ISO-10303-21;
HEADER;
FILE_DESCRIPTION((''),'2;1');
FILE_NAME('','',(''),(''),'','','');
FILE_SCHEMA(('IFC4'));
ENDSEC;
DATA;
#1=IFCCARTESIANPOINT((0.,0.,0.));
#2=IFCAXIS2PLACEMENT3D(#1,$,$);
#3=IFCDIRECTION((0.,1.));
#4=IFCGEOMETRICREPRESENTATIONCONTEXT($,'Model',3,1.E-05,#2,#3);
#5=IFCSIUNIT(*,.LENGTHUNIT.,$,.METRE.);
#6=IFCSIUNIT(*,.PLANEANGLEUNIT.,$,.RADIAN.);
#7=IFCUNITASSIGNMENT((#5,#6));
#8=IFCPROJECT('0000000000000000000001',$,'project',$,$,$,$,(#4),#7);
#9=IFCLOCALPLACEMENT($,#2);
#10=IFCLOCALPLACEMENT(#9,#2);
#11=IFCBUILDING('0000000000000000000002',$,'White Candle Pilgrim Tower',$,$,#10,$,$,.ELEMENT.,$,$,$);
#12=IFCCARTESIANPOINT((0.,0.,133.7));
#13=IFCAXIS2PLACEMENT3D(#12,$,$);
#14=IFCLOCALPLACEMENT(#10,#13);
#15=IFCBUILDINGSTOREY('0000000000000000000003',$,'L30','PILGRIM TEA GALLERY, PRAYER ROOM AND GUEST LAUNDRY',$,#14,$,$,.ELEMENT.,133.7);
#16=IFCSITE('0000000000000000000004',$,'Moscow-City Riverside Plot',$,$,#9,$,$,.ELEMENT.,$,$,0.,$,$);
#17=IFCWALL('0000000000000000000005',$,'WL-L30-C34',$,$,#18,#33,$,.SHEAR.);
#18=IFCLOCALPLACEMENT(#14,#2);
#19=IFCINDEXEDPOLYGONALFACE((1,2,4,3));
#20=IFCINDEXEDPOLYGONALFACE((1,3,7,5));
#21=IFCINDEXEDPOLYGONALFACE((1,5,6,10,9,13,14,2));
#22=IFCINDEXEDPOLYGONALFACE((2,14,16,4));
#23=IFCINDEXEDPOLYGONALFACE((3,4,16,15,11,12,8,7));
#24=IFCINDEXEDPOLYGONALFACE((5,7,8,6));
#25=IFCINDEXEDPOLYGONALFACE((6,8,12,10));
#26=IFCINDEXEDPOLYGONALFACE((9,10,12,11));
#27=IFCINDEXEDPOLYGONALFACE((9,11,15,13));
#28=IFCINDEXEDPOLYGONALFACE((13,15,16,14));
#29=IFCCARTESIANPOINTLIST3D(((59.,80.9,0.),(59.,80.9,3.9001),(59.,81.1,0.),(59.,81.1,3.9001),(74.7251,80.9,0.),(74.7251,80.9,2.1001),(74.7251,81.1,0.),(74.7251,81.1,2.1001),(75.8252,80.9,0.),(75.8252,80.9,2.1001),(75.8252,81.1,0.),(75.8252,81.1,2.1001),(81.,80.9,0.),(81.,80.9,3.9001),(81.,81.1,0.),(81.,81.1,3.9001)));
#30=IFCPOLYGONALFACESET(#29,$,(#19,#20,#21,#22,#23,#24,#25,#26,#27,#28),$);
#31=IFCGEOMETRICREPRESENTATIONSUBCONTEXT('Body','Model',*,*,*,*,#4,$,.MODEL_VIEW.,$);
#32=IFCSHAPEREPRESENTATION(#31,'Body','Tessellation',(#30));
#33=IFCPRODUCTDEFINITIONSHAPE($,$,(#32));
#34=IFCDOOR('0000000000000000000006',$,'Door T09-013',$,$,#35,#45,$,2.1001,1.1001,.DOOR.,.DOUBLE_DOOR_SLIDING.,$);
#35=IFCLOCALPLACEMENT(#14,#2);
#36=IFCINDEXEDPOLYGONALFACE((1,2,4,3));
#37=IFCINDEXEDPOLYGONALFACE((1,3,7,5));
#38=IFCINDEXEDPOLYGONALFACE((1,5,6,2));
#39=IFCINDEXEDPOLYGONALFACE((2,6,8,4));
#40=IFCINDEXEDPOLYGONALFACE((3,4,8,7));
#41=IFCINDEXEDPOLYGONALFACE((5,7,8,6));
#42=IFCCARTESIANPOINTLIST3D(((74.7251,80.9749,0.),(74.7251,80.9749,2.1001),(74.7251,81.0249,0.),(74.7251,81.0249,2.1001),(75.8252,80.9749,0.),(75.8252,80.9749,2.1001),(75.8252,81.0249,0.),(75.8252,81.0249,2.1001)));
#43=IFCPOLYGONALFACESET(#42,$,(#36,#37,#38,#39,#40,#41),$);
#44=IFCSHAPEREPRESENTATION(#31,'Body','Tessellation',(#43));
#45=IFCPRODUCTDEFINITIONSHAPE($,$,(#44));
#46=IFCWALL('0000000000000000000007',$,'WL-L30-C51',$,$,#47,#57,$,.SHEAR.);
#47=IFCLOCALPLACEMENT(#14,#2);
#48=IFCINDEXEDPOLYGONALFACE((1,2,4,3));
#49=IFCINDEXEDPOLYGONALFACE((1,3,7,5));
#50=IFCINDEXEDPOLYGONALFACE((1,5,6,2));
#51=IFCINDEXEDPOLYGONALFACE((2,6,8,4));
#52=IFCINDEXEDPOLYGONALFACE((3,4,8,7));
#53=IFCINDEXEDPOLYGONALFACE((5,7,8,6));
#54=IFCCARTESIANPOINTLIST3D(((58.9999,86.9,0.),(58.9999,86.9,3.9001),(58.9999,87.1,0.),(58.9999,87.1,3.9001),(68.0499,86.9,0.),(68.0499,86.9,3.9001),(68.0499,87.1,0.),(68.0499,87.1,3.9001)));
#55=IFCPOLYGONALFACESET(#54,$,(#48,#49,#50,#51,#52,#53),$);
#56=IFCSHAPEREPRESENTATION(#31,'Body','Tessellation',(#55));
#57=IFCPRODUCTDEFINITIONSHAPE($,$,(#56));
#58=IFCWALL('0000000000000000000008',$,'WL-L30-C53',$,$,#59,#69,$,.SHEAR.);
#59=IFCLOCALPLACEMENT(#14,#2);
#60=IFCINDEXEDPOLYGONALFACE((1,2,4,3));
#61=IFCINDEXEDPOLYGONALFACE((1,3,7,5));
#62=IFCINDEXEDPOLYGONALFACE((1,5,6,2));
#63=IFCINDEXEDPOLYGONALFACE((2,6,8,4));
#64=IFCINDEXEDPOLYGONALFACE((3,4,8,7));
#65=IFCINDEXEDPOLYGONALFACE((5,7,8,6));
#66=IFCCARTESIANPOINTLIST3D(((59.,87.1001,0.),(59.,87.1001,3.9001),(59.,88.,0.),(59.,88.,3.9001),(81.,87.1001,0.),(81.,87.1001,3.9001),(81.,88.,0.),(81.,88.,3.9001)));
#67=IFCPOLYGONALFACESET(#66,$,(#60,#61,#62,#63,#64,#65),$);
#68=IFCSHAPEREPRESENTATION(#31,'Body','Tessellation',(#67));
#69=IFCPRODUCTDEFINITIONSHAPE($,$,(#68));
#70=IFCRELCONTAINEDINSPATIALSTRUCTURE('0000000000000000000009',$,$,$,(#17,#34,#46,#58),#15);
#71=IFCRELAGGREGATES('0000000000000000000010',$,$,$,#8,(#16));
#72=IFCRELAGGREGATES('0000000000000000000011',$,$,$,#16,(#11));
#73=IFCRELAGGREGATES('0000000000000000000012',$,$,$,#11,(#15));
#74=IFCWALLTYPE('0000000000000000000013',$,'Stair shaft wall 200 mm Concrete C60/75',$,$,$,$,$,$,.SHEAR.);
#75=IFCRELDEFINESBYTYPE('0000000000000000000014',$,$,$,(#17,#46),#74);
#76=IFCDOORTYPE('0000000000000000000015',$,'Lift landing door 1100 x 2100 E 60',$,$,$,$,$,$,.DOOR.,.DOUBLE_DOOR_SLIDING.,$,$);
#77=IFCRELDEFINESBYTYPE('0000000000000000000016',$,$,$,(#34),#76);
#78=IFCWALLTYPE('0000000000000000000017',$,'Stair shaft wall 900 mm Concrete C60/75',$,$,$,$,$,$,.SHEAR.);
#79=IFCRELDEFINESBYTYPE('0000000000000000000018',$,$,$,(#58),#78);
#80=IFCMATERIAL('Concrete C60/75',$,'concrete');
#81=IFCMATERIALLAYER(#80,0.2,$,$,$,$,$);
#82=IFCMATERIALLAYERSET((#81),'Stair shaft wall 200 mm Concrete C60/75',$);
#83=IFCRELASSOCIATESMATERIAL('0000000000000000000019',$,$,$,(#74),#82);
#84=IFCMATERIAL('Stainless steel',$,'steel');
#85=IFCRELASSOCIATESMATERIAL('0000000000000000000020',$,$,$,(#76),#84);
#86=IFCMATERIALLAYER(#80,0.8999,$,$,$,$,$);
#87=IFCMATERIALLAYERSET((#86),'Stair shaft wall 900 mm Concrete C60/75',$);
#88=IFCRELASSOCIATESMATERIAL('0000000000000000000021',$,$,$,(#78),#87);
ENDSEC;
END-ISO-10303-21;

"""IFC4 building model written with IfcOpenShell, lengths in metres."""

from ifc_helpers import new_model, si_unit, direction, frame, frame_2d, origin, place, context, subcontext, project, spatial, rectangle, extrude, material, layer, layer_set, type_object, element, fill, save


model = new_model("IFC4")

# Units and contexts
model_context = context("Model", 3, precision=1e-05, world=origin(), true_north=direction((0.0, 1.0)))
body_context = subcontext(model_context, "Body", "Model", "MODEL_VIEW")
ifc_project = project(units=[si_unit("LENGTHUNIT", "METRE"), si_unit("PLANEANGLEUNIT", "RADIAN")], contexts=[model_context])

# Site, building, storey
site_placement = place(None, origin())
site = spatial("IfcSite", under=ifc_project, at=site_placement, Name="Moscow-City Riverside Plot", CompositionType="ELEMENT", RefElevation=0.0)
building_placement = place(site_placement, origin())
building = spatial("IfcBuilding", under=site, at=building_placement, Name="White Candle Pilgrim Tower", CompositionType="ELEMENT")
storey_placement = place(building_placement, frame((0.0, 0.0, 133.7)))
storey = spatial("IfcBuildingStorey", under=building, at=storey_placement, Name="L30", Description="PILGRIM TEA GALLERY, PRAYER ROOM AND GUEST LAUNDRY", CompositionType="ELEMENT", Elevation=133.7)

# Shared definitions
ifc_material_1 = material(Name="Concrete C60/75", Category="concrete")

# Shared definitions
ifc_material_2 = material(Name="Stainless steel", Category="steel")

# Wall, opening, door
ifc_layer_1 = layer(ifc_material_1, 0.2)
ifc_layer_set_1 = layer_set([ifc_layer_1], Name="Stair shaft wall 200 mm Concrete C60/75")
wall_type_1 = type_object("IfcWallType", Name="Stair shaft wall 200 mm Concrete C60/75", PredefinedType="SHEAR", material=ifc_layer_set_1)
wall_1_placement = place(storey_placement, frame((59.0, 81.0, 0.0), z_axis=(0.0, 0.0, 1.0), x_axis=(1.0, 0.0, 0.0)))
wall_1 = element("IfcWall", 1, at=wall_1_placement, inside=storey, type_object=wall_type_1, Name="WL-L30-C34", PredefinedType="SHEAR", context=body_context, shape_type="SweptSolid", body=[
    extrude(rectangle(XDim=22.0, YDim=0.2, at=frame_2d((11.0, 0.0))), origin(), (0.0, 0.0, 1.0), 3.9001),
])
opening_1_placement = place(wall_1_placement, frame((15.7251, 0.0, 0.0)))
opening_1 = element("IfcOpeningElement", 2, at=opening_1_placement, cuts=wall_1, PredefinedType="OPENING", context=body_context, shape_type="SweptSolid", body=[
    extrude(rectangle(XDim=1.1001, YDim=2.1001, at=frame_2d((0.55, 1.05))), frame((0.0, 0.1099, 0.0), z_axis=(0.0, -1.0, 0.0), x_axis=(1.0, 0.0, 0.0)), (0.0, 0.0, 1.0), 0.22),
])
door_type_1 = type_object("IfcDoorType", Name="Lift landing door 1100 x 2100 E 60", OperationType="DOUBLE_DOOR_SLIDING", PredefinedType="DOOR", material=ifc_material_2)
door_1_placement = place(opening_1_placement, origin())
door_1 = element("IfcDoor", 3, at=door_1_placement, inside=storey, type_object=door_type_1, Name="Door T09-013", OperationType="DOUBLE_DOOR_SLIDING", OverallHeight=2.1001, OverallWidth=1.1001, PredefinedType="DOOR", context=body_context, shape_type="SweptSolid", body=[
    extrude(rectangle(XDim=1.1001, YDim=2.1001, at=frame_2d((0.55, 1.05))), frame((0.0, 0.0249, 0.0), z_axis=(0.0, -1.0, 0.0), x_axis=(1.0, 0.0, 0.0)), (0.0, 0.0, 1.0), 0.05),
])
fill(opening_1, door_1)

# Walls
wall_2_placement = place(storey_placement, frame((59.0, 87.0, 0.0), z_axis=(0.0, 0.0, 1.0), x_axis=(1.0, 0.0, 0.0)))
element("IfcWall", 4, at=wall_2_placement, inside=storey, type_object=wall_type_1, Name="WL-L30-C51", PredefinedType="SHEAR", context=body_context, shape_type="SweptSolid", body=[
    extrude(rectangle(XDim=9.05, YDim=0.2, at=frame_2d((4.5249, 0.0))), origin(), (0.0, 0.0, 1.0), 3.9001),
])
ifc_layer_2 = layer(ifc_material_1, 0.8999)
ifc_layer_set_2 = layer_set([ifc_layer_2], Name="Stair shaft wall 900 mm Concrete C60/75")
wall_type_2 = type_object("IfcWallType", Name="Stair shaft wall 900 mm Concrete C60/75", PredefinedType="SHEAR", material=ifc_layer_set_2)
wall_3_placement = place(storey_placement, frame((59.0, 87.55, 0.0), z_axis=(0.0, 0.0, 1.0), x_axis=(1.0, 0.0, 0.0)))
element("IfcWall", 5, at=wall_3_placement, inside=storey, type_object=wall_type_2, Name="WL-L30-C53", PredefinedType="SHEAR", context=body_context, shape_type="SweptSolid", body=[
    extrude(rectangle(XDim=22.0, YDim=0.8999, at=frame_2d((11.0, 0.0))), origin(), (0.0, 0.0, 1.0), 3.9001),
])

save(model, "model.ifc")
